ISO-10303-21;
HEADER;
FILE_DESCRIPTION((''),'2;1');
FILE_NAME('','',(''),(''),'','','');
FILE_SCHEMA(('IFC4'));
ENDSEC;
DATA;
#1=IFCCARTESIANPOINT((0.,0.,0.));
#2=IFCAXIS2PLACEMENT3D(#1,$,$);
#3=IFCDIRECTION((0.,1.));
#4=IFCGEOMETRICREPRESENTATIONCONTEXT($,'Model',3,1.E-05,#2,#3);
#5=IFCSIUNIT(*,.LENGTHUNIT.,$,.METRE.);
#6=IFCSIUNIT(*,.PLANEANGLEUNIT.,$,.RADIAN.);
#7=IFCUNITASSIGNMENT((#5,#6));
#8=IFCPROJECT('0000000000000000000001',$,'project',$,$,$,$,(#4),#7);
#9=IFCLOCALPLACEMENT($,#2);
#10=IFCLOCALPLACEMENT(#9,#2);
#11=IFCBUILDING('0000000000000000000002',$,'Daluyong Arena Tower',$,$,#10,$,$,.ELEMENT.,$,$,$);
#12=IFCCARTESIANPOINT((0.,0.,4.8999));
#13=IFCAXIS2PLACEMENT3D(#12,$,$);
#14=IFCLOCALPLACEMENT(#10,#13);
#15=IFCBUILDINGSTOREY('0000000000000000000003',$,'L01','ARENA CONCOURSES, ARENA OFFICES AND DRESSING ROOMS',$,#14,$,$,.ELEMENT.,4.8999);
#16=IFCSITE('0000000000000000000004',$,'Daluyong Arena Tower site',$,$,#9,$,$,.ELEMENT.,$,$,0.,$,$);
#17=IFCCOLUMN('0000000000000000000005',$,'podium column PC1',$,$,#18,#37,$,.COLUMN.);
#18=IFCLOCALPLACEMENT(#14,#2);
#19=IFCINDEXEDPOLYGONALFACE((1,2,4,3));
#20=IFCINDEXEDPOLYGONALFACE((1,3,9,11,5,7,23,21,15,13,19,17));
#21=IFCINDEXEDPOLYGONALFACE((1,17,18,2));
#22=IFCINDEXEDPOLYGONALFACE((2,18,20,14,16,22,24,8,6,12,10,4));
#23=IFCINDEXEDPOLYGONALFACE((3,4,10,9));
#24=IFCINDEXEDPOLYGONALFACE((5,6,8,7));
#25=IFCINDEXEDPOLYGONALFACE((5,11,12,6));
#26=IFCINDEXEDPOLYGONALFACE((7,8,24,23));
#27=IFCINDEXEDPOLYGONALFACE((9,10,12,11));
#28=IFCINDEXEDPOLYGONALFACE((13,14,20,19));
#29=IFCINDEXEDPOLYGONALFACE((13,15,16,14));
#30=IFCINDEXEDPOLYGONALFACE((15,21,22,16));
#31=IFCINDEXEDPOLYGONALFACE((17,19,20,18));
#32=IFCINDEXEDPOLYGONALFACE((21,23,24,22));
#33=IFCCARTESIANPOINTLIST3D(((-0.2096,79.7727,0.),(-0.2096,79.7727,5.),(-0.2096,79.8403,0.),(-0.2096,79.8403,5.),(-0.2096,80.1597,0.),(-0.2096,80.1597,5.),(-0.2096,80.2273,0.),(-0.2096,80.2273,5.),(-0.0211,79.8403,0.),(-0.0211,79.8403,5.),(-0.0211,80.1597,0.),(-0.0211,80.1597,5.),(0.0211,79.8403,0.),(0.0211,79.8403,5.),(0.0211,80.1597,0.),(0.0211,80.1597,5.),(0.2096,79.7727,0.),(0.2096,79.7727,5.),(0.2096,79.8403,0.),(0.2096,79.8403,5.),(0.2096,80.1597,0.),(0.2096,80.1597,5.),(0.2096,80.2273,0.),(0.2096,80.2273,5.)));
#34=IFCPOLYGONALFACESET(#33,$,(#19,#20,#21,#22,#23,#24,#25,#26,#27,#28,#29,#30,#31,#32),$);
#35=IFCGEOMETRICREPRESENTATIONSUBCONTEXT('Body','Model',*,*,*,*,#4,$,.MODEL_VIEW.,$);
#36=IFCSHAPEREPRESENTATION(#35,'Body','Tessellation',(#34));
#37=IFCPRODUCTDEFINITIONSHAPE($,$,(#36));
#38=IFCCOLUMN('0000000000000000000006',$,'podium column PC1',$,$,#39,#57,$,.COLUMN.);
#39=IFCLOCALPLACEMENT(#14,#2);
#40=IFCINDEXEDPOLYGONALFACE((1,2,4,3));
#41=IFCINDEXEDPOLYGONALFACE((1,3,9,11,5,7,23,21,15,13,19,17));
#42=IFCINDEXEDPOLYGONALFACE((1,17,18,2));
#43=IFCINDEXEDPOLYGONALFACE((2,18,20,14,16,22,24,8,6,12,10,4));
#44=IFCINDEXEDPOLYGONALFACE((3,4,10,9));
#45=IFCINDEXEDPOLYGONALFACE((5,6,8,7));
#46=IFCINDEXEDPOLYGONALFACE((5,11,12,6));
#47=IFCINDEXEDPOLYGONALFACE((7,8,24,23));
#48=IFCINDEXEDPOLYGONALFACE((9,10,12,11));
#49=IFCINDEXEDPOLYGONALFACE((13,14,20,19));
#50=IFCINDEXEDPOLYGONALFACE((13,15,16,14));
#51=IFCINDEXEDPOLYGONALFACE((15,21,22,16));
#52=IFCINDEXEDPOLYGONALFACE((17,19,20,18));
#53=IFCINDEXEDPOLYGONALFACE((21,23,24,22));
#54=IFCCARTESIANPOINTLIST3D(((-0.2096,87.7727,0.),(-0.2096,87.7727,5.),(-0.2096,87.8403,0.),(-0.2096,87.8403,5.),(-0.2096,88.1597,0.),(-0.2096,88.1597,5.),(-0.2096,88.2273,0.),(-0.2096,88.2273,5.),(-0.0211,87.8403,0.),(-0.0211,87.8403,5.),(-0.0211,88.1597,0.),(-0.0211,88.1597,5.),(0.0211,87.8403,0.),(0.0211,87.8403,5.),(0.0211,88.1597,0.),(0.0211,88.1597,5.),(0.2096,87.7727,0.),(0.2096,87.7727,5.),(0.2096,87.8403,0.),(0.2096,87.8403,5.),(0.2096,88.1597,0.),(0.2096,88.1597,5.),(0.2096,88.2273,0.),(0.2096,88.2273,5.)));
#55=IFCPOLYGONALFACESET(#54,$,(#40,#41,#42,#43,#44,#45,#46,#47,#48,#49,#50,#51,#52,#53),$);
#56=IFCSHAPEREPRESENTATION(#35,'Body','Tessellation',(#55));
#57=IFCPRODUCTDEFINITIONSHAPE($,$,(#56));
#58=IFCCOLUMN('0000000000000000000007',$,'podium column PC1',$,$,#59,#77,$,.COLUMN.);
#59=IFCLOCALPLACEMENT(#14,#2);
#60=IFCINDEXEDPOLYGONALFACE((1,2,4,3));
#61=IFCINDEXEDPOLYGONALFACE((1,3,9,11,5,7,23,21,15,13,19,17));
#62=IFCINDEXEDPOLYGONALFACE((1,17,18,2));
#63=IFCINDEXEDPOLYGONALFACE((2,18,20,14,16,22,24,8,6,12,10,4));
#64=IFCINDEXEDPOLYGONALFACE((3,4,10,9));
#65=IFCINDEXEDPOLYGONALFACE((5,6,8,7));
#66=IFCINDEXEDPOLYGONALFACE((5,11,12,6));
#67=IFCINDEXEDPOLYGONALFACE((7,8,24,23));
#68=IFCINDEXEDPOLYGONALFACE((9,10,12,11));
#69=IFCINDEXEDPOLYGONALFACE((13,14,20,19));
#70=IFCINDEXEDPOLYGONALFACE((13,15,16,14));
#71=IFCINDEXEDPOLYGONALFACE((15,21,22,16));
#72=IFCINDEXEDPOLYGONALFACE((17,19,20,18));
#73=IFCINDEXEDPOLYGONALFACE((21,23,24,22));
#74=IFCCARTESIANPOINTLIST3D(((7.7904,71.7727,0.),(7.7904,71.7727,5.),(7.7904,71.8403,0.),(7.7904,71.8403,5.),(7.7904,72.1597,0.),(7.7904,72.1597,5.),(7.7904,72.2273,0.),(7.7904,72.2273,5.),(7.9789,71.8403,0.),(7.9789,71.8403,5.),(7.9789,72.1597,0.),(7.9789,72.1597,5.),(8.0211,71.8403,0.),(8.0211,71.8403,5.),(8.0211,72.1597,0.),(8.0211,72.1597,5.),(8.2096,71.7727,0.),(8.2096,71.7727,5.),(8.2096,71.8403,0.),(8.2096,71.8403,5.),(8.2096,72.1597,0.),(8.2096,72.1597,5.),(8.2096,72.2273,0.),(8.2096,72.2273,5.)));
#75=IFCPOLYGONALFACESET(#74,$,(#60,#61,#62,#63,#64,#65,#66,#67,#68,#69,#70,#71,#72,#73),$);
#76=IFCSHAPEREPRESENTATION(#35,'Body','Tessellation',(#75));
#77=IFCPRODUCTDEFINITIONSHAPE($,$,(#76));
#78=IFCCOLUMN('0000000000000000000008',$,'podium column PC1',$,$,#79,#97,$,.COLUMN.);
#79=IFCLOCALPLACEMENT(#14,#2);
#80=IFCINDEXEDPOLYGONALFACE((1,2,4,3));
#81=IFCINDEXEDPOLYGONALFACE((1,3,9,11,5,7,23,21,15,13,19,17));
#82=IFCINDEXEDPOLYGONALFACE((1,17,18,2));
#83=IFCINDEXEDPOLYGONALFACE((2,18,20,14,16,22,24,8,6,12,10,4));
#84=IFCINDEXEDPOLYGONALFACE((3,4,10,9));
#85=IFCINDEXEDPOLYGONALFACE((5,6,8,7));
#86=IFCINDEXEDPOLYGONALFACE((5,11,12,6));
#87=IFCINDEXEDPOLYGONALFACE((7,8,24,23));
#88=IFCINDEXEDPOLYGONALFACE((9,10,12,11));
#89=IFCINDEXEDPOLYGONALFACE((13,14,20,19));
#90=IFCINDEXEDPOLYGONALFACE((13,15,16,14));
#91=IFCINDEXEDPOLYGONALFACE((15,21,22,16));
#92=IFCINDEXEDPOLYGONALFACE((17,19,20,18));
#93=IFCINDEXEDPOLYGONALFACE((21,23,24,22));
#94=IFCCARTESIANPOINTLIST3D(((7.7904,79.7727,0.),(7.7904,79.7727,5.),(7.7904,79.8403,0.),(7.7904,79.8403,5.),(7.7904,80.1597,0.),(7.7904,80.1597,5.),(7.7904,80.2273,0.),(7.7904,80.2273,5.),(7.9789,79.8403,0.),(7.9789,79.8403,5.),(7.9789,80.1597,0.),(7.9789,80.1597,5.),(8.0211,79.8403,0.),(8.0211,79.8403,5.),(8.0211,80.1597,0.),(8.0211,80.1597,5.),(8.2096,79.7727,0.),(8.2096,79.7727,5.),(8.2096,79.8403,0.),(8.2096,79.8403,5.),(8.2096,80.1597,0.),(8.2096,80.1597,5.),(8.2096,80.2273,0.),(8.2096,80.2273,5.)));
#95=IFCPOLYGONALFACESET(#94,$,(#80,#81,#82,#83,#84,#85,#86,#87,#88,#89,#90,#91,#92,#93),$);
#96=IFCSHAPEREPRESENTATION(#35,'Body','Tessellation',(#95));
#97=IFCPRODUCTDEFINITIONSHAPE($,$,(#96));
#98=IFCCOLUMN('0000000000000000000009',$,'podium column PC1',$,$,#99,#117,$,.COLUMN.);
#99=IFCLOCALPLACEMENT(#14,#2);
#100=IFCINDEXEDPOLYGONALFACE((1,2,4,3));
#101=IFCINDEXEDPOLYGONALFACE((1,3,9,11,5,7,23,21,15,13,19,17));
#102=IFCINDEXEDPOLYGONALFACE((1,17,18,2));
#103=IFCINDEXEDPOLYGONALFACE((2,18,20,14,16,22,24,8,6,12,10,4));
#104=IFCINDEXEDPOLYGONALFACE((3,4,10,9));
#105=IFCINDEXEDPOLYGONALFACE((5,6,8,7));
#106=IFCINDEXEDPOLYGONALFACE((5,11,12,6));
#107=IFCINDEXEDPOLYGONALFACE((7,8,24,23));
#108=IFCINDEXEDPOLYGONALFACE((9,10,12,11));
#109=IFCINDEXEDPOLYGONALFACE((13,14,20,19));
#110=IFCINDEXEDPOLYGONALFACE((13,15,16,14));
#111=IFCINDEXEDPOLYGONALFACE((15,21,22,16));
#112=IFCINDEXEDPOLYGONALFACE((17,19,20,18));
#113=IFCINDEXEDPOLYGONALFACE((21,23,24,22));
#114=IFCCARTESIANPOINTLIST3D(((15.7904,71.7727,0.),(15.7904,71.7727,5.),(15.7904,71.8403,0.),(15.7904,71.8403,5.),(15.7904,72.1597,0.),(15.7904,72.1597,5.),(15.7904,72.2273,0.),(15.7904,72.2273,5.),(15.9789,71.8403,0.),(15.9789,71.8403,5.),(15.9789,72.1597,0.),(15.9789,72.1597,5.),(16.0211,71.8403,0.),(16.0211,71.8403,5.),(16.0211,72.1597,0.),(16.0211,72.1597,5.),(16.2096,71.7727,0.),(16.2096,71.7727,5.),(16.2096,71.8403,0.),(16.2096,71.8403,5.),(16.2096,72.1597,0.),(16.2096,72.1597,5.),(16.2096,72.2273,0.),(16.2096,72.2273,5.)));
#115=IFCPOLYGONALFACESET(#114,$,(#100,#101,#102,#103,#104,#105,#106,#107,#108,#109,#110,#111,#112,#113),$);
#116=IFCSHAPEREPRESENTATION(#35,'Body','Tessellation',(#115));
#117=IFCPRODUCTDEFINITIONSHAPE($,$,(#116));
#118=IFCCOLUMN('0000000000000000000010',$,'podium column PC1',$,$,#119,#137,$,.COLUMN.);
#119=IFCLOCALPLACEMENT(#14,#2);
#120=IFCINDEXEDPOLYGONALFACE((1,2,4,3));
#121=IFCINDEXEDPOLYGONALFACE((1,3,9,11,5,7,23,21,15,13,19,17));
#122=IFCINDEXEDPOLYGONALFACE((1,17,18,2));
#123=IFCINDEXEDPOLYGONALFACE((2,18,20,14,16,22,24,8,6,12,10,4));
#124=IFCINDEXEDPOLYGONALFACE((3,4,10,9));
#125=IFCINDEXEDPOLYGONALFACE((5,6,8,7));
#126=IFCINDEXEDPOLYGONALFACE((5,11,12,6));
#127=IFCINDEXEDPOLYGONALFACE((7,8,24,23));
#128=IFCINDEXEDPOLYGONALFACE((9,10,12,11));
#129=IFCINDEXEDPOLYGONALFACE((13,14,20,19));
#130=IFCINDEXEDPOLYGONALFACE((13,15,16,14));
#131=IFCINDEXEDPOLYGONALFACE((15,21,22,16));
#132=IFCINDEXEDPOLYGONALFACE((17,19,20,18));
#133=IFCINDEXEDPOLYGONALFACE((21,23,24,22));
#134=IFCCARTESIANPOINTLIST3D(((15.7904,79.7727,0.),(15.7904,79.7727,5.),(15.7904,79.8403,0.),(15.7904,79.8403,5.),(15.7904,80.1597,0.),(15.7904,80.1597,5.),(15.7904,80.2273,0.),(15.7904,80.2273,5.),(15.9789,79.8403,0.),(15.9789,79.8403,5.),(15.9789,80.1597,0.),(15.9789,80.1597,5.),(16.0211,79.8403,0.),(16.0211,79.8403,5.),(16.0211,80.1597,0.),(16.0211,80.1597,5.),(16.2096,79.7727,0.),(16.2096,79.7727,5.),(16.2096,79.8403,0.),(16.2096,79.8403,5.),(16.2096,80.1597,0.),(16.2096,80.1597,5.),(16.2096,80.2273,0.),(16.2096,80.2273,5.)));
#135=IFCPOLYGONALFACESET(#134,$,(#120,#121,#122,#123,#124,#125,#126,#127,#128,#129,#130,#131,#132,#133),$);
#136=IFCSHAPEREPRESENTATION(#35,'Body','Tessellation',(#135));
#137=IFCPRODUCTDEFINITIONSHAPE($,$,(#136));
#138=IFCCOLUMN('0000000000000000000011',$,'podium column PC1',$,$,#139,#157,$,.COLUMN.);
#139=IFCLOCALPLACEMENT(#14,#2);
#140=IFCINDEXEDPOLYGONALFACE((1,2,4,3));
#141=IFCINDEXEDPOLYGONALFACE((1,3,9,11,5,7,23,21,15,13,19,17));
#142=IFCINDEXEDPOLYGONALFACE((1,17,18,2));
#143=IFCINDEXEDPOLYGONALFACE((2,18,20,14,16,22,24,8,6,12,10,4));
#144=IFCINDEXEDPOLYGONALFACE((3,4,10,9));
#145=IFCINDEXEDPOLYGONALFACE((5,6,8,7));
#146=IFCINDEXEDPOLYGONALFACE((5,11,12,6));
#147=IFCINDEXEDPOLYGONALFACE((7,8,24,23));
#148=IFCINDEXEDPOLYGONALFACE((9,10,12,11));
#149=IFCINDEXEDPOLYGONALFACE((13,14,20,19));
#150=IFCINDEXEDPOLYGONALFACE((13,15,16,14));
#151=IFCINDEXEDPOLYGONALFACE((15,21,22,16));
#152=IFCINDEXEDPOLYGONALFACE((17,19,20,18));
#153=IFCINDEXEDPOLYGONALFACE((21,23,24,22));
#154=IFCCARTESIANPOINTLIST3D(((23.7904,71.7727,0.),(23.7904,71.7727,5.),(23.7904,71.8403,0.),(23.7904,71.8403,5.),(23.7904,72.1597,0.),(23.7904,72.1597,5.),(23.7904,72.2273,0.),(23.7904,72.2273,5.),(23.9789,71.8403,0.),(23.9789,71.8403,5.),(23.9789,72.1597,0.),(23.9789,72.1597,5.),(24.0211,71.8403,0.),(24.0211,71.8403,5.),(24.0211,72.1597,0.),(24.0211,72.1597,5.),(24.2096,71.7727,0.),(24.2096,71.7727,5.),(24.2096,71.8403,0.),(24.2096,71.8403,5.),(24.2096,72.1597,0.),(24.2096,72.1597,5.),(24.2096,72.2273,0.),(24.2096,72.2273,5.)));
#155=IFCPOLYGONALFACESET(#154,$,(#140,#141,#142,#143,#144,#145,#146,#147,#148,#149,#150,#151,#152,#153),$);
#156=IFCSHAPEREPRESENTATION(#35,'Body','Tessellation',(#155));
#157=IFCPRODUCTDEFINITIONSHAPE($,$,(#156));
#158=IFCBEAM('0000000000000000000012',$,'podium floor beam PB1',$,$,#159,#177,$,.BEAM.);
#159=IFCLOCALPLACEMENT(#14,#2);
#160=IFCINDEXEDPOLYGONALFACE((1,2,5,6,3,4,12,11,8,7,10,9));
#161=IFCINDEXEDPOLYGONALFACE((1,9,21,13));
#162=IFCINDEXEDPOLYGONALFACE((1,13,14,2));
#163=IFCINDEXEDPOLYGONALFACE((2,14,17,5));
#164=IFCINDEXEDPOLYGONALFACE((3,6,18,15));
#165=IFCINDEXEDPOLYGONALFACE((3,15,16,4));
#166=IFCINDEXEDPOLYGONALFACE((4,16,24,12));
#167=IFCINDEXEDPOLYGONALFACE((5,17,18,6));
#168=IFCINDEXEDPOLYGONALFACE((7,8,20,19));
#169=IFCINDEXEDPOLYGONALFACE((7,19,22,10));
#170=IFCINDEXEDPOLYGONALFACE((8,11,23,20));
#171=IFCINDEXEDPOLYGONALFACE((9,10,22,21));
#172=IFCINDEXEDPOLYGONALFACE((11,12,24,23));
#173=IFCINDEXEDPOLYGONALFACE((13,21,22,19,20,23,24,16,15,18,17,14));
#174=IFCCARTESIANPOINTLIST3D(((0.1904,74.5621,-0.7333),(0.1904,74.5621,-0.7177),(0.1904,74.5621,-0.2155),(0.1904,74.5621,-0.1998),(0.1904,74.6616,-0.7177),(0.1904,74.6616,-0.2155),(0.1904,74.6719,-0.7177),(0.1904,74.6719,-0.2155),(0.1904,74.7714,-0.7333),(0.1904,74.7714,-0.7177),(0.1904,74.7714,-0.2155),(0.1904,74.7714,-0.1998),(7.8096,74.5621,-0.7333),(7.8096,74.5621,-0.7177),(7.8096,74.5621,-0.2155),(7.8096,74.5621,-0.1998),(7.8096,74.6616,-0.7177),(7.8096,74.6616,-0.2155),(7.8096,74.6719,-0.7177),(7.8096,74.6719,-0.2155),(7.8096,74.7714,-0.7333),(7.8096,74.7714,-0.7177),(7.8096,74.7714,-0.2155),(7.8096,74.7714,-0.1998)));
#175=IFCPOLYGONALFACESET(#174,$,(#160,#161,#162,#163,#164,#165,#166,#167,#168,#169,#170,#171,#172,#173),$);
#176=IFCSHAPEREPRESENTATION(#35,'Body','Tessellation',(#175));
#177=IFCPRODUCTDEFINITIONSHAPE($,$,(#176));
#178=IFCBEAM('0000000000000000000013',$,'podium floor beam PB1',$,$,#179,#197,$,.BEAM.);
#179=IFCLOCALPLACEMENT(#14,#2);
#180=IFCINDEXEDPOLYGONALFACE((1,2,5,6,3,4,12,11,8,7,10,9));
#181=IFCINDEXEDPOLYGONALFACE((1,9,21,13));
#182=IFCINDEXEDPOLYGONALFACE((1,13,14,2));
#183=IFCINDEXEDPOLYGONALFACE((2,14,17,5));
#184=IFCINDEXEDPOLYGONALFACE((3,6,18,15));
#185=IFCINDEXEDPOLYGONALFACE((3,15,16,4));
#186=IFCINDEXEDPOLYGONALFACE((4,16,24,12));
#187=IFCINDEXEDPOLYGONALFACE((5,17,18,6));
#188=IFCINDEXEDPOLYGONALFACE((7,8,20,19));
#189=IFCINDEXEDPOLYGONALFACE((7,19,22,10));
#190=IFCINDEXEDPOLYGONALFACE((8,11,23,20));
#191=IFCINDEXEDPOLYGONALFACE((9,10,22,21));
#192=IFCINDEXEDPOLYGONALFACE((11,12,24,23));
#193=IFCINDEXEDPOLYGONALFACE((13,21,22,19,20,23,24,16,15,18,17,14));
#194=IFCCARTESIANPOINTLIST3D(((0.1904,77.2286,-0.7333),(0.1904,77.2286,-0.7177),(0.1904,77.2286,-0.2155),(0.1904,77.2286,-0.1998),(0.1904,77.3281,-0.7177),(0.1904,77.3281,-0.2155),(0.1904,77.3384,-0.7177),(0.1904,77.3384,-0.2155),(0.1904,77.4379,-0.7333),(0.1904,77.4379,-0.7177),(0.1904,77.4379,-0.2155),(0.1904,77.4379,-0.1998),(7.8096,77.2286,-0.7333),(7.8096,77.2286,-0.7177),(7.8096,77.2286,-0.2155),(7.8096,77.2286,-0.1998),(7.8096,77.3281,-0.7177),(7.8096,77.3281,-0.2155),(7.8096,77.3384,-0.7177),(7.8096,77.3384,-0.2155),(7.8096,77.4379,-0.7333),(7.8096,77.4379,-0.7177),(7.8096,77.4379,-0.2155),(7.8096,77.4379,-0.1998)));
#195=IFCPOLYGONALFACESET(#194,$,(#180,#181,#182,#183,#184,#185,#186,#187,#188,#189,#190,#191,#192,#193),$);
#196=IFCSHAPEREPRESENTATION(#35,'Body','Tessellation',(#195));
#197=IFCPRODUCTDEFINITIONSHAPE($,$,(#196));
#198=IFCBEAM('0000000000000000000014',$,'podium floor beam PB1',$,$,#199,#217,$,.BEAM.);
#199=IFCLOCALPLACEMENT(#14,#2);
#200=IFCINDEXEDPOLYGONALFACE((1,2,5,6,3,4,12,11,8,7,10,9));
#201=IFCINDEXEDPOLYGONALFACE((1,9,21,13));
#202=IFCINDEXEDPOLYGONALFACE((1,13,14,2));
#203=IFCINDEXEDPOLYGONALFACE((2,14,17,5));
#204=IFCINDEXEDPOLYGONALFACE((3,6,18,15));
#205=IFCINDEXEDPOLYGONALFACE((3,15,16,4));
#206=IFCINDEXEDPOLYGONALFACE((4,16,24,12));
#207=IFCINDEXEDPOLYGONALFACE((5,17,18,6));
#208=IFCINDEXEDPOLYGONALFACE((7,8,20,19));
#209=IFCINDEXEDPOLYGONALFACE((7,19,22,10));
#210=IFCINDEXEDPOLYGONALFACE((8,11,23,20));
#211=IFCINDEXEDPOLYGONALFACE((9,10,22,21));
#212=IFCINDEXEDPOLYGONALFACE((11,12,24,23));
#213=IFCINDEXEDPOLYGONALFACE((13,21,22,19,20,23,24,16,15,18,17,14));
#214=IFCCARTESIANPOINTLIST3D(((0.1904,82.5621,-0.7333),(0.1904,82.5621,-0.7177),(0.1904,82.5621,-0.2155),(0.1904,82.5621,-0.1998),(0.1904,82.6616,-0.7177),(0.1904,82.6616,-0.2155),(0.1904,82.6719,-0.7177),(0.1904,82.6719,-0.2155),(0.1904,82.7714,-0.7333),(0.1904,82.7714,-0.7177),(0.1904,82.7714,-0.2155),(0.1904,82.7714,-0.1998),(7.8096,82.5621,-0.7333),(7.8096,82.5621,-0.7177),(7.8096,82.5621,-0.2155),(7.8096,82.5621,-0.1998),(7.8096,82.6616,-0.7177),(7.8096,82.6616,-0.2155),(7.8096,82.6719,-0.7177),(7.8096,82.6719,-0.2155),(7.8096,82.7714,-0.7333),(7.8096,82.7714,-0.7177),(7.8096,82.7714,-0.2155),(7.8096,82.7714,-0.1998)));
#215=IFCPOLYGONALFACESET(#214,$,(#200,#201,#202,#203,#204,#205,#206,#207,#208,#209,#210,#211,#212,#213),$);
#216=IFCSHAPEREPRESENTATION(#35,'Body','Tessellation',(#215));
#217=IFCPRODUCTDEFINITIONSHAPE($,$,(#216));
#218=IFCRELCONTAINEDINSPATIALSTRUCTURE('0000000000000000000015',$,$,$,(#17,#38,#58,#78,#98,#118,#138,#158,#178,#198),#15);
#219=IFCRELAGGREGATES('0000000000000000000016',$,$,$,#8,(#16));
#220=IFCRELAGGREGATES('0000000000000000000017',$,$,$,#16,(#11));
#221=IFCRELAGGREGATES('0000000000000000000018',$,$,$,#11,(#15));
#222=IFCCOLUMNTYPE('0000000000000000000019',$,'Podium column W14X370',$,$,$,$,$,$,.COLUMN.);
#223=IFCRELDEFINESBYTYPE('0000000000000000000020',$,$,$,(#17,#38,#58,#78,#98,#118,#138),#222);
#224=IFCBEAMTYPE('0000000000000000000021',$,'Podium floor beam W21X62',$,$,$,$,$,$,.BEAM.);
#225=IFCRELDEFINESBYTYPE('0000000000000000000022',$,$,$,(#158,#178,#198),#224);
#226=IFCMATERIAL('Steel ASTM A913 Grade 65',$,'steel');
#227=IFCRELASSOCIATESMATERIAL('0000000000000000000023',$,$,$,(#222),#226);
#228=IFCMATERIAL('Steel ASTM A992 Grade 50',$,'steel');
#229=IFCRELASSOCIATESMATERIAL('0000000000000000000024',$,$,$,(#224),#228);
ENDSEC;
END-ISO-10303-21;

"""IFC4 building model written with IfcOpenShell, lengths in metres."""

from ifc_helpers import new_model, si_unit, direction, frame, origin, origin_2d, place, context, subcontext, project, spatial, i_section, extrude, material, material_profile, profile_set, type_object, element, save


model = new_model("IFC4")

# Units and contexts
model_context = context("Model", 3, precision=1e-05, world=origin(), true_north=direction((0.0, 1.0)))
body_context = subcontext(model_context, "Body", "Model", "MODEL_VIEW")
ifc_project = project(units=[si_unit("LENGTHUNIT", "METRE"), si_unit("PLANEANGLEUNIT", "RADIAN")], contexts=[model_context])

# Site, building, storey
site_placement = place(None, origin())
site = spatial("IfcSite", under=ifc_project, at=site_placement, Name="Daluyong Arena Tower site", CompositionType="ELEMENT", RefElevation=0.0)
building_placement = place(site_placement, origin())
building = spatial("IfcBuilding", under=site, at=building_placement, Name="Daluyong Arena Tower", CompositionType="ELEMENT")
storey_placement = place(building_placement, frame((0.0, 0.0, 4.8999)))
storey = spatial("IfcBuildingStorey", under=building, at=storey_placement, Name="L01", Description="ARENA CONCOURSES, ARENA OFFICES AND DRESSING ROOMS", CompositionType="ELEMENT", Elevation=4.8999)

# Columns
ifc_material_1 = material(Name="Steel ASTM A913 Grade 65", Category="steel")
ifc_material_profile_1 = material_profile(ifc_material_1, i_section(OverallWidth=0.4192, OverallDepth=0.4546, WebThickness=0.0422, FlangeThickness=0.0676, at=origin_2d()))
ifc_profile_set_1 = profile_set([ifc_material_profile_1], Name="Steel ASTM A913 Grade 65")
column_type = type_object("IfcColumnType", Name="Podium column W14X370", PredefinedType="COLUMN", material=ifc_profile_set_1)
for number, where, z_axis, x_axis, name in (
    (1, (0.0, 80.0, 0.0), (0.0, 0.0, 1.0), (1.0, 0.0, 0.0), "podium column PC1"),
    (2, (0.0, 88.0, 0.0), (0.0, 0.0, 1.0), (1.0, 0.0, 0.0), "podium column PC1"),
    (3, (8.0, 72.0, 0.0), (0.0, 0.0, 1.0), (1.0, 0.0, 0.0), "podium column PC1"),
    (4, (8.0, 80.0, 0.0), (0.0, 0.0, 1.0), (1.0, 0.0, 0.0), "podium column PC1"),
    (5, (16.0, 72.0, 0.0), (0.0, 0.0, 1.0), (1.0, 0.0, 0.0), "podium column PC1"),
    (6, (16.0, 80.0, 0.0), (0.0, 0.0, 1.0), (1.0, 0.0, 0.0), "podium column PC1"),
    (7, (24.0, 72.0, 0.0), (0.0, 0.0, 1.0), (1.0, 0.0, 0.0), "podium column PC1"),
):
    element("IfcColumn", number, at=place(storey_placement, frame(where, z_axis=z_axis, x_axis=x_axis)), inside=storey, type_object=column_type, Name=name, PredefinedType="COLUMN", context=body_context, shape_type="SweptSolid", body=[
        extrude(i_section(OverallWidth=0.4192, OverallDepth=0.4546, WebThickness=0.0422, FlangeThickness=0.0676, at=origin_2d()), origin(), (0.0, 0.0, 1.0), 5.0),
    ])

# Beams
ifc_material_2 = material(Name="Steel ASTM A992 Grade 50", Category="steel")
ifc_material_profile_2 = material_profile(ifc_material_2, i_section(OverallWidth=0.2092, OverallDepth=0.5334, WebThickness=0.0103, FlangeThickness=0.0156, at=origin_2d()))
ifc_profile_set_2 = profile_set([ifc_material_profile_2], Name="Steel ASTM A992 Grade 50")
beam_type_1 = type_object("IfcBeamType", Name="Podium floor beam W21X62", PredefinedType="BEAM", material=ifc_profile_set_2)
for number, where, z_axis, x_axis, name in (
    (8, (0.1904, 74.6667, -0.4666), (1.0, 0.0, 0.0), (0.0, 1.0, 0.0), "podium floor beam PB1"),
    (9, (0.1904, 77.3333, -0.4666), (1.0, 0.0, 0.0), (0.0, 1.0, 0.0), "podium floor beam PB1"),
    (10, (0.1904, 82.6667, -0.4666), (1.0, 0.0, 0.0), (0.0, 1.0, 0.0), "podium floor beam PB1"),
):
    element("IfcBeam", number, at=place(storey_placement, frame(where, z_axis=z_axis, x_axis=x_axis)), inside=storey, type_object=beam_type_1, Name=name, PredefinedType="BEAM", context=body_context, shape_type="SweptSolid", body=[
        extrude(i_section(OverallWidth=0.2092, OverallDepth=0.5334, WebThickness=0.0103, FlangeThickness=0.0156, at=origin_2d()), origin(), (0.0, 0.0, 1.0), 7.6191),
    ])

save(model, "model.ifc")
